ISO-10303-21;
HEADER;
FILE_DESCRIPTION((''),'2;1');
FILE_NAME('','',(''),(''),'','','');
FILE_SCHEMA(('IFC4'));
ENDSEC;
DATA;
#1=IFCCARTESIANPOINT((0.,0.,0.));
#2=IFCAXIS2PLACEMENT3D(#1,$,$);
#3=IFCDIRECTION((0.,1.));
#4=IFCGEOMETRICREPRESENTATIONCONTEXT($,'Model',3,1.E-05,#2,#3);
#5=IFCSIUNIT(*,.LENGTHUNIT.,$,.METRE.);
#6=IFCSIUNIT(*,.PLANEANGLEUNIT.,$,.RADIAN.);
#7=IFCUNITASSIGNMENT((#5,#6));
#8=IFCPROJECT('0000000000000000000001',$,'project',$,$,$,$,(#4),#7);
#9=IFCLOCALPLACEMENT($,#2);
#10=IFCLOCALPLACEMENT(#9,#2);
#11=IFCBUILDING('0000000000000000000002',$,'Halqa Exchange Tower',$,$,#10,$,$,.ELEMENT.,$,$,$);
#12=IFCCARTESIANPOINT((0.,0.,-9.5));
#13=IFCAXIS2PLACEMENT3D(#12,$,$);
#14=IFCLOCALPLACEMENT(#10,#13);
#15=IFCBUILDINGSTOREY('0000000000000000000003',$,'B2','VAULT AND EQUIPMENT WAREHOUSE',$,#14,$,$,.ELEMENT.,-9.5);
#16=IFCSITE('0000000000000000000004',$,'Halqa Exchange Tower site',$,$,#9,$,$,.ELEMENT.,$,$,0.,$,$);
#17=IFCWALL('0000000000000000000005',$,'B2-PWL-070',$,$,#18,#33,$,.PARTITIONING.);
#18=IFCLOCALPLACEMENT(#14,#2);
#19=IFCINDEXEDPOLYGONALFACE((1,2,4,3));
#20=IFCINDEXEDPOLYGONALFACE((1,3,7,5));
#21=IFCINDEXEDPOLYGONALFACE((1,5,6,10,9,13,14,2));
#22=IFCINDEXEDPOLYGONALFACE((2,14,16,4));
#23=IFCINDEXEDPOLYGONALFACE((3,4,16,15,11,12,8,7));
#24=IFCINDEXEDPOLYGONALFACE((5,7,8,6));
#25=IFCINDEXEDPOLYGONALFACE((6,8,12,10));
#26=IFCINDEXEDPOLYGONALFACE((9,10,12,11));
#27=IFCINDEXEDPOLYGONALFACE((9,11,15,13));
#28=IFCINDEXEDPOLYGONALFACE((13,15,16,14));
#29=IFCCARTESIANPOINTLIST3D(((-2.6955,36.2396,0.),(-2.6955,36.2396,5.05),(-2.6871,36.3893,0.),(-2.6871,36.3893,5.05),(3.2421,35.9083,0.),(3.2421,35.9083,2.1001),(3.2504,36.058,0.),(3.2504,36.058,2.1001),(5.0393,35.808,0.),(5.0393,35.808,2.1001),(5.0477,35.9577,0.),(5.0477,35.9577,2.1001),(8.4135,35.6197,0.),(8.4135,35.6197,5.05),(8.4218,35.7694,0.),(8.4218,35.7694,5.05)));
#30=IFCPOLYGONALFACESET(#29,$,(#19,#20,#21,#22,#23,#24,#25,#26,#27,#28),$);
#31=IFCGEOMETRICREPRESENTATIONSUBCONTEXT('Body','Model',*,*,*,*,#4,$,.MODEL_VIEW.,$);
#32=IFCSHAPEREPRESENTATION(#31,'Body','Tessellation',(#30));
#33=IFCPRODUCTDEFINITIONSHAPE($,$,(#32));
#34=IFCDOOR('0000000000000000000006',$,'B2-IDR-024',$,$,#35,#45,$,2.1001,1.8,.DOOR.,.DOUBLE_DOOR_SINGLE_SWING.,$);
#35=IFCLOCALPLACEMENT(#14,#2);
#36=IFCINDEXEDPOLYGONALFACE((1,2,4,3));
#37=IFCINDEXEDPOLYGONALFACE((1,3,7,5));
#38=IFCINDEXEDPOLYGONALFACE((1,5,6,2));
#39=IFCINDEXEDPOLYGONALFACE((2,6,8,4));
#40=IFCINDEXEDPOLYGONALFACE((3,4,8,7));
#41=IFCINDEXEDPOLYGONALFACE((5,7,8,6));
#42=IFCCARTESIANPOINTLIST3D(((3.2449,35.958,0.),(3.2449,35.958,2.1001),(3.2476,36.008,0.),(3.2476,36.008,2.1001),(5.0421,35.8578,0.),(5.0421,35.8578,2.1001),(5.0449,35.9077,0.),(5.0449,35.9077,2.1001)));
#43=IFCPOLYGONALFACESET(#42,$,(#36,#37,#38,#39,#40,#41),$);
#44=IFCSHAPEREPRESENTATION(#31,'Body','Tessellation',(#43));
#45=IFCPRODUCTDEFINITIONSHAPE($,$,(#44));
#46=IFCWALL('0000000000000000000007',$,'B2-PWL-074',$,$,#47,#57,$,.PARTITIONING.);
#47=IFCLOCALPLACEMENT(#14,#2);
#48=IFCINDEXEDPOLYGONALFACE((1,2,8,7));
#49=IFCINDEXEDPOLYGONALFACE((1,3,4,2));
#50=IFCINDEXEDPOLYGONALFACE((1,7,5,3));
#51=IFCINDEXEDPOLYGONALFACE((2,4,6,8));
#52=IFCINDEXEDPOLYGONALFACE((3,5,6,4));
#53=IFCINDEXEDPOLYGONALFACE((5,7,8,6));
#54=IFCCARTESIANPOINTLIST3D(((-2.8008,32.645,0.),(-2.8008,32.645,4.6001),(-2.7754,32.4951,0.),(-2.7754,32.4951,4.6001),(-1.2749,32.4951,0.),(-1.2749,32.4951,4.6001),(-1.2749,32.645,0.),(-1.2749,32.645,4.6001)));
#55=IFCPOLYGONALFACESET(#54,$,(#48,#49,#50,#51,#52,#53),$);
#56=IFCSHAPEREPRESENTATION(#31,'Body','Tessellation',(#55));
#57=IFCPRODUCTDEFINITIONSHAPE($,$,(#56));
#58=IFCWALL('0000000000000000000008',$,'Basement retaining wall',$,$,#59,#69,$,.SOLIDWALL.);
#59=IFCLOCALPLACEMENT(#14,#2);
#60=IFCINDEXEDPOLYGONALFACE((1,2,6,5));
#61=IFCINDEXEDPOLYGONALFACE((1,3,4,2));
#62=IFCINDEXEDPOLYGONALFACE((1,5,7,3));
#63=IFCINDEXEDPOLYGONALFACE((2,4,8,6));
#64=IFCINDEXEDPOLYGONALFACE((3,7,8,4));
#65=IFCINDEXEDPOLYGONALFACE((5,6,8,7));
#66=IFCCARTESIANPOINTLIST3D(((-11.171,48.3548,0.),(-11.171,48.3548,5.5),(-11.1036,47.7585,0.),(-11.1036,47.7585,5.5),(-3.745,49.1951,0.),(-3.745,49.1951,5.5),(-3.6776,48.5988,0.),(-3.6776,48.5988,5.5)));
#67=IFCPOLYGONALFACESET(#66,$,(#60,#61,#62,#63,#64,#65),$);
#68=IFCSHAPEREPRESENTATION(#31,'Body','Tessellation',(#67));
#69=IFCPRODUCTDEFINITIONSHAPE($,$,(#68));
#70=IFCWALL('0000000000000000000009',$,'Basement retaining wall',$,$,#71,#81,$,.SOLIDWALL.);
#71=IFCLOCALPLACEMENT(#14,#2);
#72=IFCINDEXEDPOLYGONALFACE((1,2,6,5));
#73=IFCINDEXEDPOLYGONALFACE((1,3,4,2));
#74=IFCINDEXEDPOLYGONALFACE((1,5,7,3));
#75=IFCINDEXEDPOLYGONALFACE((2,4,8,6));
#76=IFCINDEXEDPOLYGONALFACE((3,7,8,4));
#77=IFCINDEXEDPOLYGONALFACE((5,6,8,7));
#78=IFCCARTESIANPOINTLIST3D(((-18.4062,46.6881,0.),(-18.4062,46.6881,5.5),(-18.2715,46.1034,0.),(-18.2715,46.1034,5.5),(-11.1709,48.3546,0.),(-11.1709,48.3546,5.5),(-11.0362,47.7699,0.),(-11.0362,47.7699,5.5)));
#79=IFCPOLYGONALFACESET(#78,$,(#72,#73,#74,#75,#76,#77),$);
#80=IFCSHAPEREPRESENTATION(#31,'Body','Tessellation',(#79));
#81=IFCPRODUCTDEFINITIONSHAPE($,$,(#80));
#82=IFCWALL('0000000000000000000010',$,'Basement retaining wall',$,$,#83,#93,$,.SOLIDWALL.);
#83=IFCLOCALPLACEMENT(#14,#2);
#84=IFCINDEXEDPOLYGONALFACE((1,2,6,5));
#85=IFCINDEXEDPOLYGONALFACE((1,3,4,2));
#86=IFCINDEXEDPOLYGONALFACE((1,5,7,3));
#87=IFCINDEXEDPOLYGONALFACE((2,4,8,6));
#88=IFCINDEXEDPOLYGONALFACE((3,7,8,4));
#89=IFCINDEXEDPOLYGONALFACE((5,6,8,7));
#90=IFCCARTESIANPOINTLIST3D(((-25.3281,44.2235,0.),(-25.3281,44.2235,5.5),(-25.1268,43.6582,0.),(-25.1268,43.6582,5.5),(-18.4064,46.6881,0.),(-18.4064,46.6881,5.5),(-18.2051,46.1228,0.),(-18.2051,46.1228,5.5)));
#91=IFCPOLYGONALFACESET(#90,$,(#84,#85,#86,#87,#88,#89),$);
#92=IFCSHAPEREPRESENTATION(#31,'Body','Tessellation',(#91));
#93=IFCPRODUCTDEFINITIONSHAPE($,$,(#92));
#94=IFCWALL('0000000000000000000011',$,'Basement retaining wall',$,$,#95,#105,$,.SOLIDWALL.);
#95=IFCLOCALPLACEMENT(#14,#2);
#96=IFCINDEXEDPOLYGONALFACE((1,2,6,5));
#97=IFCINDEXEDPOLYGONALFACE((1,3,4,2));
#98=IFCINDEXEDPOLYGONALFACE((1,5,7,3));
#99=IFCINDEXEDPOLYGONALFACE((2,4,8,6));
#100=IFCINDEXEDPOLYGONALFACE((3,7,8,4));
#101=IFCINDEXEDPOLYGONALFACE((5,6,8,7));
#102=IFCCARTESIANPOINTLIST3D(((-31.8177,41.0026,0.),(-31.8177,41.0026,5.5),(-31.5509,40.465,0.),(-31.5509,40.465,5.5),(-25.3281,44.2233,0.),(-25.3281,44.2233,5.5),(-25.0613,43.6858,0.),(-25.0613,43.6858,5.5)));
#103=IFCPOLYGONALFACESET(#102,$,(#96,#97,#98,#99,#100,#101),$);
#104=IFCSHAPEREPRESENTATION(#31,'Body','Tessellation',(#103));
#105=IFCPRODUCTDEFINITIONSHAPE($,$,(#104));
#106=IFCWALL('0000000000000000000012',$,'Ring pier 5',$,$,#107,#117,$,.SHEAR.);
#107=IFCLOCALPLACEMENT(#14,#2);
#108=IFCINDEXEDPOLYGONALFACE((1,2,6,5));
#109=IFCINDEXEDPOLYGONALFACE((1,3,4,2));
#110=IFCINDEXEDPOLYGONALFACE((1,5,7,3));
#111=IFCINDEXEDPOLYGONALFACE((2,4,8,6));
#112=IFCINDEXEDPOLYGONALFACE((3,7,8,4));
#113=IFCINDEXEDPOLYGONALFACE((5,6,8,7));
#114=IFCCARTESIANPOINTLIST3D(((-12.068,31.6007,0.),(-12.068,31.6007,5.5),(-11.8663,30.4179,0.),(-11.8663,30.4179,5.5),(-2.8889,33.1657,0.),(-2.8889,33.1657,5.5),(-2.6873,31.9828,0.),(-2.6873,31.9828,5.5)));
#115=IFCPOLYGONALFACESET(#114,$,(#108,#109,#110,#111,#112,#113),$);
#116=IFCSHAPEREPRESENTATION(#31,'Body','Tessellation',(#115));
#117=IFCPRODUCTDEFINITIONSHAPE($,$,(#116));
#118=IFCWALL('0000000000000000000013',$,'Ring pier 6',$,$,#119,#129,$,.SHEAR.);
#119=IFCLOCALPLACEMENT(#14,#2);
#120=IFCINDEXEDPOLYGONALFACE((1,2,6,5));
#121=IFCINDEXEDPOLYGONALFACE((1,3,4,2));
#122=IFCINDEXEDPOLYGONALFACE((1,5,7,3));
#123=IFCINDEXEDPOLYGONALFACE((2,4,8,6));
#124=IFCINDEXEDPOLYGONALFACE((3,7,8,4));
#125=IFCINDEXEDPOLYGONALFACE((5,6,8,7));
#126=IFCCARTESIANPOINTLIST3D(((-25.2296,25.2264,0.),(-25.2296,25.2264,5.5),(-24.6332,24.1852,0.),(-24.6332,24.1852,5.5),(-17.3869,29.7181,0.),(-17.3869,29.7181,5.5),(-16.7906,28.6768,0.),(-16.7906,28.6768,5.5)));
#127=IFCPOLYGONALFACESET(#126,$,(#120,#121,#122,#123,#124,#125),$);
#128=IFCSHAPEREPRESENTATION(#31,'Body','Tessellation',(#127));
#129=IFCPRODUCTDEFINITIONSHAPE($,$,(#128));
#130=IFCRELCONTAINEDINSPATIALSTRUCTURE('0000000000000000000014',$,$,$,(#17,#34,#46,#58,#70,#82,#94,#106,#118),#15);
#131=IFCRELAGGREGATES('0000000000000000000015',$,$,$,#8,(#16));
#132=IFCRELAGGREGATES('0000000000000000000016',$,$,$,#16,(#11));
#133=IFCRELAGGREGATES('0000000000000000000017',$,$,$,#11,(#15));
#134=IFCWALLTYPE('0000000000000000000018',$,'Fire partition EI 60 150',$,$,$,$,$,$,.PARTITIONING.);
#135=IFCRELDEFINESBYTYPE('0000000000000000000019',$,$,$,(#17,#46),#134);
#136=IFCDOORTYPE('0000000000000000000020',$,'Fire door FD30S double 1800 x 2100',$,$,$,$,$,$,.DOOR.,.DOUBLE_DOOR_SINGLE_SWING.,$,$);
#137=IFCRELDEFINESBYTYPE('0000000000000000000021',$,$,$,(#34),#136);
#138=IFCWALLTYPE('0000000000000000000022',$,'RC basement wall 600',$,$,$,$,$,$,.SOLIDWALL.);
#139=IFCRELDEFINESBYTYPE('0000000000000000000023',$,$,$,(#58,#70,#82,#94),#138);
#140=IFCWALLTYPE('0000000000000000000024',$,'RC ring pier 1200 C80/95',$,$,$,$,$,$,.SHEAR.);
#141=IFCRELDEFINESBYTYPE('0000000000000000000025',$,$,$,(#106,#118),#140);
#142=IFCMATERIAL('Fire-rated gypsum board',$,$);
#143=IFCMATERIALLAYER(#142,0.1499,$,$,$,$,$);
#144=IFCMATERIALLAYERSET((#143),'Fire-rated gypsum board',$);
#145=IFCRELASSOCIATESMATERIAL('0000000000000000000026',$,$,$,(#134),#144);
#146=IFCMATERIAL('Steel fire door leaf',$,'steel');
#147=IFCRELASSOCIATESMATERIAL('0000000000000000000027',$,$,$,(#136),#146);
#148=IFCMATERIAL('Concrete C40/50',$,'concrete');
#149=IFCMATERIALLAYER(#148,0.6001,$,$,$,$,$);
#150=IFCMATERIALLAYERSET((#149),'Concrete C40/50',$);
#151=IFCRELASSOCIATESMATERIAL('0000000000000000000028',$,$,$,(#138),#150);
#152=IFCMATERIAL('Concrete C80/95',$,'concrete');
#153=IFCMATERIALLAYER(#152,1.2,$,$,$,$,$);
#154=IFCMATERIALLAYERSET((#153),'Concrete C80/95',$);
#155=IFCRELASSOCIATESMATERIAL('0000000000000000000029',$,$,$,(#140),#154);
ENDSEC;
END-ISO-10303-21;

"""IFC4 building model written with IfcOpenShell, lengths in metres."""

from ifc_helpers import new_model, si_unit, direction, frame, frame_2d, origin, place, context, subcontext, project, spatial, polyline, rectangle, outline, extrude, material, layer, layer_set, type_object, element, fill, save


model = new_model("IFC4")

# Units and contexts
model_context = context("Model", 3, precision=1e-05, world=origin(), true_north=direction((0.0, 1.0)))
body_context = subcontext(model_context, "Body", "Model", "MODEL_VIEW")
ifc_project = project(units=[si_unit("LENGTHUNIT", "METRE"), si_unit("PLANEANGLEUNIT", "RADIAN")], contexts=[model_context])

# Site, building, storey
site_placement = place(None, origin())
site = spatial("IfcSite", under=ifc_project, at=site_placement, Name="Halqa Exchange Tower site", CompositionType="ELEMENT", RefElevation=0.0)
building_placement = place(site_placement, origin())
building = spatial("IfcBuilding", under=site, at=building_placement, Name="Halqa Exchange Tower", CompositionType="ELEMENT")
storey_placement = place(building_placement, frame((0.0, 0.0, -9.5)))
storey = spatial("IfcBuildingStorey", under=building, at=storey_placement, Name="B2", Description="VAULT AND EQUIPMENT WAREHOUSE", CompositionType="ELEMENT", Elevation=-9.5)

# Shared definitions
ifc_material_1 = material(Name="Fire-rated gypsum board")
ifc_layer_1 = layer(ifc_material_1, 0.1499)
ifc_layer_set_1 = layer_set([ifc_layer_1], Name="Fire-rated gypsum board")
wall_type_1 = type_object("IfcWallType", Name="Fire partition EI 60 150", PredefinedType="PARTITIONING", material=ifc_layer_set_1)

# Shared definitions
ifc_material_2 = material(Name="Steel fire door leaf", Category="steel")
door_type = type_object("IfcDoorType", Name="Fire door FD30S double 1800 x 2100", OperationType="DOUBLE_DOOR_SINGLE_SWING", PredefinedType="DOOR", material=ifc_material_2)

# Wall, opening, door
wall_1_placement = place(storey_placement, frame((-2.6912, 36.3145, 0.0), z_axis=(0.0, 0.0, 1.0), x_axis=(0.998447, -0.055713, 0.0)))
wall_1 = element("IfcWall", 1, at=wall_1_placement, inside=storey, type_object=wall_type_1, Name="B2-PWL-070", PredefinedType="PARTITIONING", context=body_context, shape_type="SweptSolid", body=[
    extrude(rectangle(XDim=11.1262, YDim=0.1499, at=frame_2d((5.563, 0.0))), origin(), (0.0, 0.0, 1.0), 5.05),
])
opening_1_placement = place(wall_1_placement, frame((5.9468, 0.0, 0.0)))
opening_1 = element("IfcOpeningElement", 2, at=opening_1_placement, cuts=wall_1, PredefinedType="OPENING", context=body_context, shape_type="SweptSolid", body=[
    extrude(rectangle(XDim=1.8, YDim=2.1001, at=frame_2d((0.8999, 1.05))), frame((0.0, 0.0869, 0.0), z_axis=(0.0, -1.0, 0.0), x_axis=(1.0, 0.0, 0.0)), (0.0, 0.0, 1.0), 0.1738),
])
door_1_placement = place(opening_1_placement, origin())
door_1 = element("IfcDoor", 3, at=door_1_placement, inside=storey, type_object=door_type, Name="B2-IDR-024", OperationType="DOUBLE_DOOR_SINGLE_SWING", OverallHeight=2.1001, OverallWidth=1.8, PredefinedType="DOOR", context=body_context, shape_type="SweptSolid", body=[
    extrude(rectangle(XDim=1.8, YDim=2.1001, at=frame_2d((0.8999, 1.05))), frame((0.0, 0.0249, 0.0), z_axis=(0.0, -1.0, 0.0), x_axis=(1.0, 0.0, 0.0)), (0.0, 0.0, 1.0), 0.05),
])
fill(opening_1, door_1)

# Walls
wall_2_placement = place(storey_placement, frame((-1.2749, 32.5701, 0.0), z_axis=(0.0, 0.0, 1.0), x_axis=(-1.0, 0.0, 0.0)))
element("IfcWall", 4, at=wall_2_placement, inside=storey, type_object=wall_type_1, Name="B2-PWL-074", PredefinedType="PARTITIONING", context=body_context, shape_type="SweptSolid", body=[
    extrude(outline(polyline([(0.0, -0.075), (1.5259, -0.075), (1.5005, 0.075), (0.0, 0.075), (0.0, -0.075)])), origin(), (0.0, 0.0, 1.0), 4.6001),
])
ifc_material_3 = material(Name="Concrete C40/50", Category="concrete")
ifc_layer_2 = layer(ifc_material_3, 0.6001)
ifc_layer_set_2 = layer_set([ifc_layer_2], Name="Concrete C40/50")
wall_type_2 = type_object("IfcWallType", Name="RC basement wall 600", PredefinedType="SOLIDWALL", material=ifc_layer_set_2)
wall_3_placement = place(storey_placement, frame((-3.7112, 48.897, 0.0), z_axis=(0.0, 0.0, 1.0), x_axis=(-0.993658, -0.112443, 0.0)))
element("IfcWall", 5, at=wall_3_placement, inside=storey, type_object=wall_type_2, Name="Basement retaining wall", PredefinedType="SOLIDWALL", context=body_context, shape_type="SweptSolid", body=[
    extrude(rectangle(XDim=7.4734, YDim=0.6001, at=frame_2d((3.7368, 0.0))), origin(), (0.0, 0.0, 1.0), 5.5),
])
wall_4_placement = place(storey_placement, frame((-11.1035, 48.0623, 0.0), z_axis=(0.0, 0.0, 1.0), x_axis=(-0.974485, -0.224451, 0.0)))
element("IfcWall", 6, at=wall_4_placement, inside=storey, type_object=wall_type_2, Name="Basement retaining wall", PredefinedType="SOLIDWALL", context=body_context, shape_type="SweptSolid", body=[
    extrude(rectangle(XDim=7.4248, YDim=0.6001, at=frame_2d((3.7124, 0.0))), origin(), (0.0, 0.0, 1.0), 5.5),
])
wall_5_placement = place(storey_placement, frame((-18.3057, 46.4055, 0.0), z_axis=(0.0, 0.0, 1.0), x_axis=(-0.942061, -0.335442, 0.0)))
element("IfcWall", 7, at=wall_5_placement, inside=storey, type_object=wall_type_2, Name="Basement retaining wall", PredefinedType="SOLIDWALL", context=body_context, shape_type="SweptSolid", body=[
    extrude(rectangle(XDim=7.3474, YDim=0.6001, at=frame_2d((3.6738, 0.0))), origin(), (0.0, 0.0, 1.0), 5.5),
])
wall_6_placement = place(storey_placement, frame((-25.1946, 43.9546, 0.0), z_axis=(0.0, 0.0, 1.0), x_axis=(-0.895751, -0.444556, 0.0)))
element("IfcWall", 8, at=wall_6_placement, inside=storey, type_object=wall_type_2, Name="Basement retaining wall", PredefinedType="SOLIDWALL", context=body_context, shape_type="SweptSolid", body=[
    extrude(rectangle(XDim=7.2449, YDim=0.6001, at=frame_2d((3.6226, 0.0))), origin(), (0.0, 0.0, 1.0), 5.5),
])
ifc_material_4 = material(Name="Concrete C80/95", Category="concrete")
ifc_layer_3 = layer(ifc_material_4, 1.2)
ifc_layer_set_3 = layer_set([ifc_layer_3], Name="Concrete C80/95")
wall_type_3 = type_object("IfcWallType", Name="RC ring pier 1200 C80/95", PredefinedType="SHEAR", material=ifc_layer_set_3)
wall_7_placement = place(storey_placement, frame((-2.7881, 32.5742, 0.0), z_axis=(0.0, 0.0, 1.0), x_axis=(-0.985776, -0.168063, 0.0)))
element("IfcWall", 9, at=wall_7_placement, inside=storey, type_object=wall_type_3, Name="Ring pier 5", PredefinedType="SHEAR", context=body_context, shape_type="SweptSolid", body=[
    extrude(rectangle(XDim=9.3115, YDim=1.2, at=frame_2d((4.6558, 0.0))), origin(), (0.0, 0.0, 1.0), 5.5),
])
wall_8_placement = place(storey_placement, frame((-17.0886, 29.1975, 0.0), z_axis=(0.0, 0.0, 1.0), x_axis=(-0.867761, -0.496982, 0.0)))
element("IfcWall", 10, at=wall_8_placement, inside=storey, type_object=wall_type_3, Name="Ring pier 6", PredefinedType="SHEAR", context=body_context, shape_type="SweptSolid", body=[
    extrude(rectangle(XDim=9.0378, YDim=1.2, at=frame_2d((4.519, 0.0))), origin(), (0.0, 0.0, 1.0), 5.5),
])

save(model, "model.ifc")
